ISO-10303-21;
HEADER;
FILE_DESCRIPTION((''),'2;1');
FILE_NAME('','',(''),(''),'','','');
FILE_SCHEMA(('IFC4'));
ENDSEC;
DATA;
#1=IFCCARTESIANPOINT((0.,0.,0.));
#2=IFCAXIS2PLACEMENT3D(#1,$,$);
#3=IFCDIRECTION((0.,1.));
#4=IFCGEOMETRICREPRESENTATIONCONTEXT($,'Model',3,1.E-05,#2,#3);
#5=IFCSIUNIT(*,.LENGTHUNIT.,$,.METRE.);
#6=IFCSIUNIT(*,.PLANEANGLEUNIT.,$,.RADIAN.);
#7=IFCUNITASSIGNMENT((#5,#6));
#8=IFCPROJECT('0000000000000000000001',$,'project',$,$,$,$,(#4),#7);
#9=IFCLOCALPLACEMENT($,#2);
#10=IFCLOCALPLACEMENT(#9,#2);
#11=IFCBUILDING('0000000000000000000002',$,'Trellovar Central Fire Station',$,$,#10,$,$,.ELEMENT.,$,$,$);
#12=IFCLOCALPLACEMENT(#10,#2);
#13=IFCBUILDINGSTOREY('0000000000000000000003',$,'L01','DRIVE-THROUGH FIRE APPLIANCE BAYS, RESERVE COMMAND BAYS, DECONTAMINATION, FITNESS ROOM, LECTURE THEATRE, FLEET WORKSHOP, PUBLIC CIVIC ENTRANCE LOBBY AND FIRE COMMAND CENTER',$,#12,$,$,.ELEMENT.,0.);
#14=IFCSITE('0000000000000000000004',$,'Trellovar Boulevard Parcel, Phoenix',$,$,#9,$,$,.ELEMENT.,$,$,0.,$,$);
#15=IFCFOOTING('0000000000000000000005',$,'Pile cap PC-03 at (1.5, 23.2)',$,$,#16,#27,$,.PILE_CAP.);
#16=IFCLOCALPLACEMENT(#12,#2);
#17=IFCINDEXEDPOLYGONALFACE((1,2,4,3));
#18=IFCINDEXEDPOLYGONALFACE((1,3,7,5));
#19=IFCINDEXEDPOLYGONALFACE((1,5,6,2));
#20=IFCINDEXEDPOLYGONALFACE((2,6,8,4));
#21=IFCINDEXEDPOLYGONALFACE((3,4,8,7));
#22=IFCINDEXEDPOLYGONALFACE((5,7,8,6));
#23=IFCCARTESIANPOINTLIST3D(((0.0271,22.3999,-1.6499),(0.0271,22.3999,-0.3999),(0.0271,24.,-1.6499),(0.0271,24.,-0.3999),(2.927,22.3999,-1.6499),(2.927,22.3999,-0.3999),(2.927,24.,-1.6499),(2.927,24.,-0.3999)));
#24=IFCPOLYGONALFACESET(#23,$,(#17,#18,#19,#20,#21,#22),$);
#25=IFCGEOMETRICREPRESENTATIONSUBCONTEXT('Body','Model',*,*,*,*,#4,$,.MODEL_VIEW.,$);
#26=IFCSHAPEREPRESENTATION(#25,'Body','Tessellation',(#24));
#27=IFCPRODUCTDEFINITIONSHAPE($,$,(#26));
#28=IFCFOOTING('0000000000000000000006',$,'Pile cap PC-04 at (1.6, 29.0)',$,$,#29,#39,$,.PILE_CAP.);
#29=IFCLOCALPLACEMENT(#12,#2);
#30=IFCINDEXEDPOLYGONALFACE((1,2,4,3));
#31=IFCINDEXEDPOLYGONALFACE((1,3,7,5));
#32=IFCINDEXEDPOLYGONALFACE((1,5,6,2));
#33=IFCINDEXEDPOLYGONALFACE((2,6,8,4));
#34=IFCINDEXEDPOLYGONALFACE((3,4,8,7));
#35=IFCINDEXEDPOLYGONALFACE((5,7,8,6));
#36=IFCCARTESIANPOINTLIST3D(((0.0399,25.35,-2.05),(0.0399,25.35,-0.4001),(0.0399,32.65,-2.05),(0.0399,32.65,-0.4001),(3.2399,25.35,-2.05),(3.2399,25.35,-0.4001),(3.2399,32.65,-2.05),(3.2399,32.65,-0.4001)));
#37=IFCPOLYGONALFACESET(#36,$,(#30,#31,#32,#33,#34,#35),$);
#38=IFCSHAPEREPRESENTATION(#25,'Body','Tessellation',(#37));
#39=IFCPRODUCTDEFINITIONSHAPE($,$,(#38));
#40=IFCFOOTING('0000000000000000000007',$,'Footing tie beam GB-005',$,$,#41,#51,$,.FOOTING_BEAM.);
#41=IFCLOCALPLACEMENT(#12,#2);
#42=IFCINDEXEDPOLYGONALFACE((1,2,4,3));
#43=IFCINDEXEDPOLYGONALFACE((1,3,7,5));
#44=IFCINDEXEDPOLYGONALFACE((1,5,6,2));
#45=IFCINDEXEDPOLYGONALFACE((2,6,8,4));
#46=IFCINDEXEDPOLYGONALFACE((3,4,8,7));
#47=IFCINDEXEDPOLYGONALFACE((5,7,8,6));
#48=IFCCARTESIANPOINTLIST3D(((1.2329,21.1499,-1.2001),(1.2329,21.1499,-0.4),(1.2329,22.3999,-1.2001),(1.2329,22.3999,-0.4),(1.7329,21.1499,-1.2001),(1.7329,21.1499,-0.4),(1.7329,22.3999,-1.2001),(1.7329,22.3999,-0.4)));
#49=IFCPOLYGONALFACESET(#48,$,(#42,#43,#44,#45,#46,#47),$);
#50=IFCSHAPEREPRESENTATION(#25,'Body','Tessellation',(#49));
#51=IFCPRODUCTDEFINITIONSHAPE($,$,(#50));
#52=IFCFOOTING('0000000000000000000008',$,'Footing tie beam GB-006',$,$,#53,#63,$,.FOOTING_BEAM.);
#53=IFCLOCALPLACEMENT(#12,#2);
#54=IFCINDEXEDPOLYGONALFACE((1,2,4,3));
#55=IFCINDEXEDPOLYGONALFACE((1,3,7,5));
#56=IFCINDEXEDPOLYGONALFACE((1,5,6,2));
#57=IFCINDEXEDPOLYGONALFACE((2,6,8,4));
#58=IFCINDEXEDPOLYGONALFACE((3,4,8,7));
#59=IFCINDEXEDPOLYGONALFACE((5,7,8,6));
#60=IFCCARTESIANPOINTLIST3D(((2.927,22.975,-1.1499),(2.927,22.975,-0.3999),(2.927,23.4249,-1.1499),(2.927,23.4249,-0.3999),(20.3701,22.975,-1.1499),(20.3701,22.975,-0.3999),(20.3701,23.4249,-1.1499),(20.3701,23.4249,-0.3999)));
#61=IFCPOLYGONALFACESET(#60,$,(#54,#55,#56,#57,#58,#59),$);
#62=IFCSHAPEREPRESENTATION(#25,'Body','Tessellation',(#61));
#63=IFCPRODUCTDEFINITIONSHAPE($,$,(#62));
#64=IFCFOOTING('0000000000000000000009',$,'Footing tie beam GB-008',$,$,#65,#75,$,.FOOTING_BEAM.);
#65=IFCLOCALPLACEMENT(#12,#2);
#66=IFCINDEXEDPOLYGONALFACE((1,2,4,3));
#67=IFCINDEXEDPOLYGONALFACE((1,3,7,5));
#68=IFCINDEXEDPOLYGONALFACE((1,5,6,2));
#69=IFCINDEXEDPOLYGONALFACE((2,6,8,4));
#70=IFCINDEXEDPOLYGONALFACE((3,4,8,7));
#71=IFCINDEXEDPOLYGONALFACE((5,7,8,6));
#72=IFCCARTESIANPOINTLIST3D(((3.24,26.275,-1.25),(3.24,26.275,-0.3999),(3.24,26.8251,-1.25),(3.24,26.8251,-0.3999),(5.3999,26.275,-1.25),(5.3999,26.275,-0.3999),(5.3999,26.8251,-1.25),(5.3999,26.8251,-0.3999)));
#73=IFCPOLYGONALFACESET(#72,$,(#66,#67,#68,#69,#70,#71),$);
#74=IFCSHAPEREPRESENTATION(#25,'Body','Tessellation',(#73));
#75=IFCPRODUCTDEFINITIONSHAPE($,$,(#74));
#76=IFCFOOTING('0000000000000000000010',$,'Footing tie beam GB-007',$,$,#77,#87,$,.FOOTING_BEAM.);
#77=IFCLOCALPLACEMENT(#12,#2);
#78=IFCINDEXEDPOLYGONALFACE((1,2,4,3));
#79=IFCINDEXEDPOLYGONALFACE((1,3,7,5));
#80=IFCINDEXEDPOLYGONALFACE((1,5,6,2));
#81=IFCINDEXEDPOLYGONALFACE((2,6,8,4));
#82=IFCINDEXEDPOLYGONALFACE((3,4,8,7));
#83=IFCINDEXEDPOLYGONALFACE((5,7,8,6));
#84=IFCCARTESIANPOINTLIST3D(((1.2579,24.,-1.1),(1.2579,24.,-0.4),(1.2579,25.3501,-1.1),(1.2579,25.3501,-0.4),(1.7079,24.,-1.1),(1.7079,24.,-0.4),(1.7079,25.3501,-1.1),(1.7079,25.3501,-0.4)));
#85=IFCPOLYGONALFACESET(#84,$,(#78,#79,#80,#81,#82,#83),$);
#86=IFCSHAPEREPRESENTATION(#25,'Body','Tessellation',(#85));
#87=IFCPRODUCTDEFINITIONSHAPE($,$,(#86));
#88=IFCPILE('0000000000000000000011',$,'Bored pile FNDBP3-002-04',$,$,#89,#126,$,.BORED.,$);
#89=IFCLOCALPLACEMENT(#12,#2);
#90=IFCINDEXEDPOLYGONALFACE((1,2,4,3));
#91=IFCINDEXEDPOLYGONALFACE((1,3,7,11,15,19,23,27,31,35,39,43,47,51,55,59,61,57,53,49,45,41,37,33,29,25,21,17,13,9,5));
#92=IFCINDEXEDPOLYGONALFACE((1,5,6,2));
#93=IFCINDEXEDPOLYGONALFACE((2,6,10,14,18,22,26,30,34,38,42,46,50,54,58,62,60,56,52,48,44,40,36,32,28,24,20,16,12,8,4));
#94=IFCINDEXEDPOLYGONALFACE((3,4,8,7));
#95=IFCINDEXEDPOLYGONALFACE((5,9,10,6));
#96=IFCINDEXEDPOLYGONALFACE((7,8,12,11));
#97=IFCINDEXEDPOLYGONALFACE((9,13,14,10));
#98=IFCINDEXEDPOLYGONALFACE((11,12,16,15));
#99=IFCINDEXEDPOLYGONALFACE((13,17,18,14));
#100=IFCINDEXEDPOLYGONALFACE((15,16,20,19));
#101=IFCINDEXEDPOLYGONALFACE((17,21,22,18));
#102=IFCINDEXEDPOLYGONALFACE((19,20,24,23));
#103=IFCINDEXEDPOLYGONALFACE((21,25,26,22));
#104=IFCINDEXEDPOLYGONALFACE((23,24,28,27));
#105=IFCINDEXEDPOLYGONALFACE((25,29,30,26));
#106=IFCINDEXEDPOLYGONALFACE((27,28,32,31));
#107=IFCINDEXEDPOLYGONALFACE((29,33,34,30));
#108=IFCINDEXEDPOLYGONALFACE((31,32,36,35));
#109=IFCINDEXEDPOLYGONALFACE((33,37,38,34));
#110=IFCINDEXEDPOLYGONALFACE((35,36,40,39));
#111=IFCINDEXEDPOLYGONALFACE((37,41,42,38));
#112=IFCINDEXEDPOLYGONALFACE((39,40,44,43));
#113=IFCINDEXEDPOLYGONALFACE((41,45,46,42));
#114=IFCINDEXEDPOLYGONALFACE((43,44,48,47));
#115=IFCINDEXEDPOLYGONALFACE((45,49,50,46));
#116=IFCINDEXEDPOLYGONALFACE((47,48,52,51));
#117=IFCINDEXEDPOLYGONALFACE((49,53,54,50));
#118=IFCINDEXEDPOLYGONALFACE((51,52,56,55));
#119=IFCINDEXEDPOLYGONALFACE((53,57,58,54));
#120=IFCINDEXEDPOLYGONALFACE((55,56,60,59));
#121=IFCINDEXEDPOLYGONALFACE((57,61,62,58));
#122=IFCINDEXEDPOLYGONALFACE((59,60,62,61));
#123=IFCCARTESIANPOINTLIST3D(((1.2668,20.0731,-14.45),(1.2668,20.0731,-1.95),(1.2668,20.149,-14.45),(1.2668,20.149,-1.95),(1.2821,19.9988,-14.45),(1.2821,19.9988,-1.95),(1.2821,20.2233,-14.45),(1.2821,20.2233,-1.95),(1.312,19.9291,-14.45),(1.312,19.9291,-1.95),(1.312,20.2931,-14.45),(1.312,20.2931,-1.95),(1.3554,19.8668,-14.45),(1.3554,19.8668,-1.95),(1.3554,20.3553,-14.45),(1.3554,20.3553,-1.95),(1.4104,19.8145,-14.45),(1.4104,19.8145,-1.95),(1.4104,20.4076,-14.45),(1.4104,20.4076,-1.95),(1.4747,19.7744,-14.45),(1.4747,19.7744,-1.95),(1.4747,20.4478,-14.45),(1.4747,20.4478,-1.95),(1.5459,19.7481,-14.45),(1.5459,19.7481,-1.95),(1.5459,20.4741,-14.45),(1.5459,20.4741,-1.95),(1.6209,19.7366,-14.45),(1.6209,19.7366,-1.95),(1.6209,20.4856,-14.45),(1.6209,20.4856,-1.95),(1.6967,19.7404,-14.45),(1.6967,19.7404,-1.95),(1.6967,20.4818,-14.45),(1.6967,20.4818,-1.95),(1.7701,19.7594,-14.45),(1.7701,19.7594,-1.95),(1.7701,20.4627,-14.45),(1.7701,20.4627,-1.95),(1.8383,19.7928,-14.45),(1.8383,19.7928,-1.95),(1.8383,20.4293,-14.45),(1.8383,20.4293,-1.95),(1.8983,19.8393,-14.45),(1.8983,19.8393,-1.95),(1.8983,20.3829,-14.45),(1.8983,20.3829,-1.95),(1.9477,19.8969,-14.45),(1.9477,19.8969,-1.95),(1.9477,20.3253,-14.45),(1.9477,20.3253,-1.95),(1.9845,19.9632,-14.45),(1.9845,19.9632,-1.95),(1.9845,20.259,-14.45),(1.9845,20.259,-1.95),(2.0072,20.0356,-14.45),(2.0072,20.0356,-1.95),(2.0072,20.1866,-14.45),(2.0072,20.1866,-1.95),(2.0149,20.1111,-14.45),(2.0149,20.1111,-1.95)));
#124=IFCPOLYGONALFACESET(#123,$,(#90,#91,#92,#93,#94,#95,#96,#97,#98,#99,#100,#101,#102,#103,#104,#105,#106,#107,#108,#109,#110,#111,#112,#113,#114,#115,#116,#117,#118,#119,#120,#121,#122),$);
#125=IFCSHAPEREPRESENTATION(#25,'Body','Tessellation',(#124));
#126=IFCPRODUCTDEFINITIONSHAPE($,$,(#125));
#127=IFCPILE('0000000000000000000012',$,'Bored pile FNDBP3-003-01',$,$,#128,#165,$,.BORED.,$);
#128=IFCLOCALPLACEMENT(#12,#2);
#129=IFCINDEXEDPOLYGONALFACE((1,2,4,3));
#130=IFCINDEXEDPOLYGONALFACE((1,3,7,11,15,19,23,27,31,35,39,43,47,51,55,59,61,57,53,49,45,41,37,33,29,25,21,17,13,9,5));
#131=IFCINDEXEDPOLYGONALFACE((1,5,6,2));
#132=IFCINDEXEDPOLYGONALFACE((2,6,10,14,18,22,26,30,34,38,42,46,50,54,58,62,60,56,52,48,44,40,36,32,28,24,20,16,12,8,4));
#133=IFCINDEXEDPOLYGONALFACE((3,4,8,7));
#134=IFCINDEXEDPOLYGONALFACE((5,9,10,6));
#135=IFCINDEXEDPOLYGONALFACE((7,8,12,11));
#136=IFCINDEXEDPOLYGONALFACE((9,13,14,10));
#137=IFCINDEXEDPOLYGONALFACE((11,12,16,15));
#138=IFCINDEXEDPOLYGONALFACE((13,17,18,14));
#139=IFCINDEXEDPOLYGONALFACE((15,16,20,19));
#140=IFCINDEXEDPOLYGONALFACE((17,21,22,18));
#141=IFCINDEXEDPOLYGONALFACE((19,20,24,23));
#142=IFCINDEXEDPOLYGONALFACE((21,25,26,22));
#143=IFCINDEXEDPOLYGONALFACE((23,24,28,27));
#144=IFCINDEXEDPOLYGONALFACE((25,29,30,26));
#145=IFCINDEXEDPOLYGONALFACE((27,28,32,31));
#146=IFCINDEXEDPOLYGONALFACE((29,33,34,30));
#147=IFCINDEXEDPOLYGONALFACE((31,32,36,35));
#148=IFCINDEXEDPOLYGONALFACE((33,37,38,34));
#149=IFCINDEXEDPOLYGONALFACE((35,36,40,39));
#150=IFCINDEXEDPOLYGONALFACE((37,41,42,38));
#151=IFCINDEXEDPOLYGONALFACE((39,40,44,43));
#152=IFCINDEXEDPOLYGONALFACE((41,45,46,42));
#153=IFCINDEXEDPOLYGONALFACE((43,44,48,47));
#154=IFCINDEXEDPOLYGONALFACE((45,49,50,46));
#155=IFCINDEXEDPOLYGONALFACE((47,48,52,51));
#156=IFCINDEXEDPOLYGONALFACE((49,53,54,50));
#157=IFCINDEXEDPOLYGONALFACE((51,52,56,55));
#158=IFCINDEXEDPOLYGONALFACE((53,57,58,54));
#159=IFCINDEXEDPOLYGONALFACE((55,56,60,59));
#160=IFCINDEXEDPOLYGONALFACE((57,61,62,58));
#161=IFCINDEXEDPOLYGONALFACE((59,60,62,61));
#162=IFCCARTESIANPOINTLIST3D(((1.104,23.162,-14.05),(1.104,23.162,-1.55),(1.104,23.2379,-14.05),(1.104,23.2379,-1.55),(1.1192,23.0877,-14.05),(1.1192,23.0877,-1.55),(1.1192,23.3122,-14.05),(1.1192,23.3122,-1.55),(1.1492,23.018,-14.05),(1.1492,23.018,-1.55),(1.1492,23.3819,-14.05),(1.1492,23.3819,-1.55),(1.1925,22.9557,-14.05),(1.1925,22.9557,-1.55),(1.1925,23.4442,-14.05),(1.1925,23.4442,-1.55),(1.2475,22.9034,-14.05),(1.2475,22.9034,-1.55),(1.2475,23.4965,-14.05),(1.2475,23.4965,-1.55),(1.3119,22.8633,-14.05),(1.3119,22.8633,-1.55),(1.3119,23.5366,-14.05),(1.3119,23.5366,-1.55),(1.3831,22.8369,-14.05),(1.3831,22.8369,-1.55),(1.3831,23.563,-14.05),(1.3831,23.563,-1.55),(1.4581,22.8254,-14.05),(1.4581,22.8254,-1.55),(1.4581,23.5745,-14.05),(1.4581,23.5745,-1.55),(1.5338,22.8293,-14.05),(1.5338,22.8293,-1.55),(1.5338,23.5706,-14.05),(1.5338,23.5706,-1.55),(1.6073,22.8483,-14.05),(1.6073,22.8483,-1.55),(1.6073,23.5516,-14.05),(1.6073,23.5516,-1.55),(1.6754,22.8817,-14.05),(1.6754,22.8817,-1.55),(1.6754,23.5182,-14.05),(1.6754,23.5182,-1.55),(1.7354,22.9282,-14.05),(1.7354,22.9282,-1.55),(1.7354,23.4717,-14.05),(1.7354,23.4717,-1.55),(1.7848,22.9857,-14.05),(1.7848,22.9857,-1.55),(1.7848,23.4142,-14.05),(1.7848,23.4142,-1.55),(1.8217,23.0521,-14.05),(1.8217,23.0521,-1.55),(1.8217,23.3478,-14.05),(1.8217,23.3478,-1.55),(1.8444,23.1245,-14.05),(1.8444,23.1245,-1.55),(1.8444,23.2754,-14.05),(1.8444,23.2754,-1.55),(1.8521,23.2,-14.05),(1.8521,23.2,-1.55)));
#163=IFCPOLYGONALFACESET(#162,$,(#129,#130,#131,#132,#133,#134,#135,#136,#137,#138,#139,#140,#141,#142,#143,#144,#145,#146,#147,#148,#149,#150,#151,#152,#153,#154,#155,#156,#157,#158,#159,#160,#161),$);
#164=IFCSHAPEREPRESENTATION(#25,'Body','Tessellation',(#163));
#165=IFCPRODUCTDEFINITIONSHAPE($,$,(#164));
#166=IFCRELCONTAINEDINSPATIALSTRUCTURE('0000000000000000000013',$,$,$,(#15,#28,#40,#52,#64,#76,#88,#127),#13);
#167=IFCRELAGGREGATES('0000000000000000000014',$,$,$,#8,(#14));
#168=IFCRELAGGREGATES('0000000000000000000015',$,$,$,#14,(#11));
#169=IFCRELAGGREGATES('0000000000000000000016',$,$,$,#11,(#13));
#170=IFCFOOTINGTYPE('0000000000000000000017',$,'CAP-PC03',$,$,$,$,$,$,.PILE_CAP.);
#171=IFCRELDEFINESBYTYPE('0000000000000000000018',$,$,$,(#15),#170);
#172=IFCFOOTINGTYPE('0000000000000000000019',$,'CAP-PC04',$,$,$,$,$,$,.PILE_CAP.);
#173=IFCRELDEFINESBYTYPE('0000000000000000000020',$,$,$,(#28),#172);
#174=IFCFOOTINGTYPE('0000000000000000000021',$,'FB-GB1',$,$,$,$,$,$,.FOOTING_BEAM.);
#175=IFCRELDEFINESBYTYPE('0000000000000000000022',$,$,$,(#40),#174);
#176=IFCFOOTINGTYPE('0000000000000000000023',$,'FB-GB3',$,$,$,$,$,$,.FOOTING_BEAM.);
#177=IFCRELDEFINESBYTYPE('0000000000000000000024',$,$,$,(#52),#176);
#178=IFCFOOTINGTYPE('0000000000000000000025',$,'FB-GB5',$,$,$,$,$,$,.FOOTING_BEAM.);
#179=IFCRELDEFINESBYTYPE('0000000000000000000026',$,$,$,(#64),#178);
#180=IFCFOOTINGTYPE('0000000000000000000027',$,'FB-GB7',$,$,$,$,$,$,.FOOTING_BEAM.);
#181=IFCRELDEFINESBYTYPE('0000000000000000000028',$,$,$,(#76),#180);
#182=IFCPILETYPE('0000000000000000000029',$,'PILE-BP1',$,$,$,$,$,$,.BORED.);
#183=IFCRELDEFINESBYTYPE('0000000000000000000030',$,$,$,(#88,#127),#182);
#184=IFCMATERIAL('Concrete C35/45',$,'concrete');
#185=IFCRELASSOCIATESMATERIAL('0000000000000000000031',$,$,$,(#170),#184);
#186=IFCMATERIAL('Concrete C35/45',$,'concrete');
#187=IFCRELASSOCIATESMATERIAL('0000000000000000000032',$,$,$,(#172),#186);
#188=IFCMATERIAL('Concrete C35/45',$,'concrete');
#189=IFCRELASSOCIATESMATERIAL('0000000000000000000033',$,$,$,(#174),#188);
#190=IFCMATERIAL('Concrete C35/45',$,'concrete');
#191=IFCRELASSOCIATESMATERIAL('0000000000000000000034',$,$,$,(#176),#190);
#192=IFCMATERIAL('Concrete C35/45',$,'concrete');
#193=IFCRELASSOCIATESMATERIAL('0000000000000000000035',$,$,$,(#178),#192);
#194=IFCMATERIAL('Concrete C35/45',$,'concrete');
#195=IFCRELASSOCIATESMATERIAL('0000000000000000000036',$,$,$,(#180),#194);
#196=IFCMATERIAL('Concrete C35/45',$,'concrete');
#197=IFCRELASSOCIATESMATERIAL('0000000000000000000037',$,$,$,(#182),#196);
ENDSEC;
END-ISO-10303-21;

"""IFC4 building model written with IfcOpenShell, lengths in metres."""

from ifc_helpers import new_model, si_unit, direction, frame, origin, origin_2d, place, context, subcontext, project, spatial, rectangle, circle, extrude, material, material_profile, profile_set, type_object, element, save


model = new_model("IFC4")

# Units and contexts
model_context = context("Model", 3, precision=1e-05, world=origin(), true_north=direction((0.0, 1.0)))
body_context = subcontext(model_context, "Body", "Model", "MODEL_VIEW")
ifc_project = project(units=[si_unit("LENGTHUNIT", "METRE"), si_unit("PLANEANGLEUNIT", "RADIAN")], contexts=[model_context])

# Site, building, storey
site_placement = place(None, origin())
site = spatial("IfcSite", under=ifc_project, at=site_placement, Name="Trellovar Boulevard Parcel, Phoenix", CompositionType="ELEMENT", RefElevation=0.0)
building_placement = place(site_placement, origin())
building = spatial("IfcBuilding", under=site, at=building_placement, Name="Trellovar Central Fire Station", CompositionType="ELEMENT")
storey_placement = place(building_placement, origin())
storey = spatial("IfcBuildingStorey", under=building, at=storey_placement, Name="L01", Description="DRIVE-THROUGH FIRE APPLIANCE BAYS, RESERVE COMMAND BAYS, DECONTAMINATION, FITNESS ROOM, LECTURE THEATRE, FLEET WORKSHOP, PUBLIC CIVIC ENTRANCE LOBBY AND FIRE COMMAND CENTER", CompositionType="ELEMENT", Elevation=0.0)

# Footings
ifc_material_1 = material(Name="Concrete C35/45", Category="concrete")
footing_type_1 = type_object("IfcFootingType", Name="CAP-PC03", PredefinedType="PILE_CAP", material=ifc_material_1)
footing_1_placement = place(storey_placement, frame((1.4771, 23.2, -1.6499), z_axis=(0.0, 0.0, 1.0), x_axis=(1.0, 0.0, 0.0)))
element("IfcFooting", 1, at=footing_1_placement, inside=storey, type_object=footing_type_1, Name="Pile cap PC-03 at (1.5, 23.2)", PredefinedType="PILE_CAP", context=body_context, shape_type="SweptSolid", body=[
    extrude(rectangle(XDim=2.8999, YDim=1.6001, at=origin_2d()), origin(), (0.0, 0.0, 1.0), 1.25),
])
ifc_material_2 = material(Name="Concrete C35/45", Category="concrete")
footing_type_2 = type_object("IfcFootingType", Name="CAP-PC04", PredefinedType="PILE_CAP", material=ifc_material_2)
footing_2_placement = place(storey_placement, frame((1.6399, 29.0, -2.05), z_axis=(0.0, 0.0, 1.0), x_axis=(1.0, 0.0, 0.0)))
element("IfcFooting", 2, at=footing_2_placement, inside=storey, type_object=footing_type_2, Name="Pile cap PC-04 at (1.6, 29.0)", PredefinedType="PILE_CAP", context=body_context, shape_type="SweptSolid", body=[
    extrude(rectangle(XDim=3.2, YDim=7.3, at=origin_2d()), origin(), (0.0, 0.0, 1.0), 1.6499),
])
ifc_material_3 = material(Name="Concrete C35/45", Category="concrete")
ifc_material_profile_1 = material_profile(ifc_material_3, rectangle(XDim=0.5, YDim=0.8, at=origin_2d()), Name="RC500X800")
ifc_profile_set_1 = profile_set([ifc_material_profile_1], Name="Concrete C35/45")
footing_type_3 = type_object("IfcFootingType", Name="FB-GB1", PredefinedType="FOOTING_BEAM", material=ifc_profile_set_1)
footing_3_placement = place(storey_placement, frame((1.4829, 21.1499, -0.8), z_axis=(0.0, 1.0, 0.0), x_axis=(-1.0, 0.0, 0.0)))
element("IfcFooting", 3, at=footing_3_placement, inside=storey, type_object=footing_type_3, Name="Footing tie beam GB-005", PredefinedType="FOOTING_BEAM", context=body_context, shape_type="SweptSolid", body=[
    extrude(rectangle(XDim=0.5, YDim=0.8, at=origin_2d()), origin(), (0.0, 0.0, 1.0), 1.25),
])
ifc_material_4 = material(Name="Concrete C35/45", Category="concrete")
ifc_material_profile_2 = material_profile(ifc_material_4, rectangle(XDim=0.45, YDim=0.75, at=origin_2d()), Name="RC450X750")
ifc_profile_set_2 = profile_set([ifc_material_profile_2], Name="Concrete C35/45")
footing_type_4 = type_object("IfcFootingType", Name="FB-GB3", PredefinedType="FOOTING_BEAM", material=ifc_profile_set_2)
footing_4_placement = place(storey_placement, frame((2.927, 23.2, -0.7749), z_axis=(1.0, 0.0, 0.0), x_axis=(0.0, 1.0, 0.0)))
element("IfcFooting", 4, at=footing_4_placement, inside=storey, type_object=footing_type_4, Name="Footing tie beam GB-006", PredefinedType="FOOTING_BEAM", context=body_context, shape_type="SweptSolid", body=[
    extrude(rectangle(XDim=0.45, YDim=0.75, at=origin_2d()), origin(), (0.0, 0.0, 1.0), 17.4431),
])
ifc_material_5 = material(Name="Concrete C35/45", Category="concrete")
ifc_material_profile_3 = material_profile(ifc_material_5, rectangle(XDim=0.55, YDim=0.8501, at=origin_2d()), Name="RC550X850")
ifc_profile_set_3 = profile_set([ifc_material_profile_3], Name="Concrete C35/45")
footing_type_5 = type_object("IfcFootingType", Name="FB-GB5", PredefinedType="FOOTING_BEAM", material=ifc_profile_set_3)
footing_5_placement = place(storey_placement, frame((3.24, 26.55, -0.825), z_axis=(1.0, 0.0, 0.0), x_axis=(0.0, 1.0, 0.0)))
element("IfcFooting", 5, at=footing_5_placement, inside=storey, type_object=footing_type_5, Name="Footing tie beam GB-008", PredefinedType="FOOTING_BEAM", context=body_context, shape_type="SweptSolid", body=[
    extrude(rectangle(XDim=0.55, YDim=0.8501, at=origin_2d()), origin(), (0.0, 0.0, 1.0), 2.1599),
])
ifc_material_6 = material(Name="Concrete C35/45", Category="concrete")
ifc_material_profile_4 = material_profile(ifc_material_6, rectangle(XDim=0.45, YDim=0.7, at=origin_2d()), Name="RC450X700")
ifc_profile_set_4 = profile_set([ifc_material_profile_4], Name="Concrete C35/45")
footing_type_6 = type_object("IfcFootingType", Name="FB-GB7", PredefinedType="FOOTING_BEAM", material=ifc_profile_set_4)
footing_6_placement = place(storey_placement, frame((1.4829, 24.0, -0.75), z_axis=(0.0, 1.0, 0.0), x_axis=(-1.0, 0.0, 0.0)))
element("IfcFooting", 6, at=footing_6_placement, inside=storey, type_object=footing_type_6, Name="Footing tie beam GB-007", PredefinedType="FOOTING_BEAM", context=body_context, shape_type="SweptSolid", body=[
    extrude(rectangle(XDim=0.45, YDim=0.7, at=origin_2d()), origin(), (0.0, 0.0, 1.0), 1.3501),
])

# Piles
ifc_material_7 = material(Name="Concrete C35/45", Category="concrete")
ifc_material_profile_5 = material_profile(ifc_material_7, circle(Radius=0.375, at=origin_2d()), Name="PILE750")
ifc_profile_set_5 = profile_set([ifc_material_profile_5], Name="Concrete C35/45")
pile_type_1 = type_object("IfcPileType", Name="PILE-BP1", PredefinedType="BORED", material=ifc_profile_set_5)
for number, where, z_axis, x_axis, name in (
    (7, (1.6399, 20.1111, -1.95), (0.0, 0.0, -1.0), (1.0, 0.0, 0.0), "Bored pile FNDBP3-002-04"),
    (8, (1.4771, 23.2, -1.55), (0.0, 0.0, -1.0), (1.0, 0.0, 0.0), "Bored pile FNDBP3-003-01"),
):
    element("IfcPile", number, at=place(storey_placement, frame(where, z_axis=z_axis, x_axis=x_axis)), inside=storey, type_object=pile_type_1, Name=name, PredefinedType="BORED", context=body_context, shape_type="SweptSolid", body=[
        extrude(circle(Radius=0.375, at=origin_2d()), origin(), (0.0, 0.0, 1.0), 12.5),
    ])

save(model, "model.ifc")
